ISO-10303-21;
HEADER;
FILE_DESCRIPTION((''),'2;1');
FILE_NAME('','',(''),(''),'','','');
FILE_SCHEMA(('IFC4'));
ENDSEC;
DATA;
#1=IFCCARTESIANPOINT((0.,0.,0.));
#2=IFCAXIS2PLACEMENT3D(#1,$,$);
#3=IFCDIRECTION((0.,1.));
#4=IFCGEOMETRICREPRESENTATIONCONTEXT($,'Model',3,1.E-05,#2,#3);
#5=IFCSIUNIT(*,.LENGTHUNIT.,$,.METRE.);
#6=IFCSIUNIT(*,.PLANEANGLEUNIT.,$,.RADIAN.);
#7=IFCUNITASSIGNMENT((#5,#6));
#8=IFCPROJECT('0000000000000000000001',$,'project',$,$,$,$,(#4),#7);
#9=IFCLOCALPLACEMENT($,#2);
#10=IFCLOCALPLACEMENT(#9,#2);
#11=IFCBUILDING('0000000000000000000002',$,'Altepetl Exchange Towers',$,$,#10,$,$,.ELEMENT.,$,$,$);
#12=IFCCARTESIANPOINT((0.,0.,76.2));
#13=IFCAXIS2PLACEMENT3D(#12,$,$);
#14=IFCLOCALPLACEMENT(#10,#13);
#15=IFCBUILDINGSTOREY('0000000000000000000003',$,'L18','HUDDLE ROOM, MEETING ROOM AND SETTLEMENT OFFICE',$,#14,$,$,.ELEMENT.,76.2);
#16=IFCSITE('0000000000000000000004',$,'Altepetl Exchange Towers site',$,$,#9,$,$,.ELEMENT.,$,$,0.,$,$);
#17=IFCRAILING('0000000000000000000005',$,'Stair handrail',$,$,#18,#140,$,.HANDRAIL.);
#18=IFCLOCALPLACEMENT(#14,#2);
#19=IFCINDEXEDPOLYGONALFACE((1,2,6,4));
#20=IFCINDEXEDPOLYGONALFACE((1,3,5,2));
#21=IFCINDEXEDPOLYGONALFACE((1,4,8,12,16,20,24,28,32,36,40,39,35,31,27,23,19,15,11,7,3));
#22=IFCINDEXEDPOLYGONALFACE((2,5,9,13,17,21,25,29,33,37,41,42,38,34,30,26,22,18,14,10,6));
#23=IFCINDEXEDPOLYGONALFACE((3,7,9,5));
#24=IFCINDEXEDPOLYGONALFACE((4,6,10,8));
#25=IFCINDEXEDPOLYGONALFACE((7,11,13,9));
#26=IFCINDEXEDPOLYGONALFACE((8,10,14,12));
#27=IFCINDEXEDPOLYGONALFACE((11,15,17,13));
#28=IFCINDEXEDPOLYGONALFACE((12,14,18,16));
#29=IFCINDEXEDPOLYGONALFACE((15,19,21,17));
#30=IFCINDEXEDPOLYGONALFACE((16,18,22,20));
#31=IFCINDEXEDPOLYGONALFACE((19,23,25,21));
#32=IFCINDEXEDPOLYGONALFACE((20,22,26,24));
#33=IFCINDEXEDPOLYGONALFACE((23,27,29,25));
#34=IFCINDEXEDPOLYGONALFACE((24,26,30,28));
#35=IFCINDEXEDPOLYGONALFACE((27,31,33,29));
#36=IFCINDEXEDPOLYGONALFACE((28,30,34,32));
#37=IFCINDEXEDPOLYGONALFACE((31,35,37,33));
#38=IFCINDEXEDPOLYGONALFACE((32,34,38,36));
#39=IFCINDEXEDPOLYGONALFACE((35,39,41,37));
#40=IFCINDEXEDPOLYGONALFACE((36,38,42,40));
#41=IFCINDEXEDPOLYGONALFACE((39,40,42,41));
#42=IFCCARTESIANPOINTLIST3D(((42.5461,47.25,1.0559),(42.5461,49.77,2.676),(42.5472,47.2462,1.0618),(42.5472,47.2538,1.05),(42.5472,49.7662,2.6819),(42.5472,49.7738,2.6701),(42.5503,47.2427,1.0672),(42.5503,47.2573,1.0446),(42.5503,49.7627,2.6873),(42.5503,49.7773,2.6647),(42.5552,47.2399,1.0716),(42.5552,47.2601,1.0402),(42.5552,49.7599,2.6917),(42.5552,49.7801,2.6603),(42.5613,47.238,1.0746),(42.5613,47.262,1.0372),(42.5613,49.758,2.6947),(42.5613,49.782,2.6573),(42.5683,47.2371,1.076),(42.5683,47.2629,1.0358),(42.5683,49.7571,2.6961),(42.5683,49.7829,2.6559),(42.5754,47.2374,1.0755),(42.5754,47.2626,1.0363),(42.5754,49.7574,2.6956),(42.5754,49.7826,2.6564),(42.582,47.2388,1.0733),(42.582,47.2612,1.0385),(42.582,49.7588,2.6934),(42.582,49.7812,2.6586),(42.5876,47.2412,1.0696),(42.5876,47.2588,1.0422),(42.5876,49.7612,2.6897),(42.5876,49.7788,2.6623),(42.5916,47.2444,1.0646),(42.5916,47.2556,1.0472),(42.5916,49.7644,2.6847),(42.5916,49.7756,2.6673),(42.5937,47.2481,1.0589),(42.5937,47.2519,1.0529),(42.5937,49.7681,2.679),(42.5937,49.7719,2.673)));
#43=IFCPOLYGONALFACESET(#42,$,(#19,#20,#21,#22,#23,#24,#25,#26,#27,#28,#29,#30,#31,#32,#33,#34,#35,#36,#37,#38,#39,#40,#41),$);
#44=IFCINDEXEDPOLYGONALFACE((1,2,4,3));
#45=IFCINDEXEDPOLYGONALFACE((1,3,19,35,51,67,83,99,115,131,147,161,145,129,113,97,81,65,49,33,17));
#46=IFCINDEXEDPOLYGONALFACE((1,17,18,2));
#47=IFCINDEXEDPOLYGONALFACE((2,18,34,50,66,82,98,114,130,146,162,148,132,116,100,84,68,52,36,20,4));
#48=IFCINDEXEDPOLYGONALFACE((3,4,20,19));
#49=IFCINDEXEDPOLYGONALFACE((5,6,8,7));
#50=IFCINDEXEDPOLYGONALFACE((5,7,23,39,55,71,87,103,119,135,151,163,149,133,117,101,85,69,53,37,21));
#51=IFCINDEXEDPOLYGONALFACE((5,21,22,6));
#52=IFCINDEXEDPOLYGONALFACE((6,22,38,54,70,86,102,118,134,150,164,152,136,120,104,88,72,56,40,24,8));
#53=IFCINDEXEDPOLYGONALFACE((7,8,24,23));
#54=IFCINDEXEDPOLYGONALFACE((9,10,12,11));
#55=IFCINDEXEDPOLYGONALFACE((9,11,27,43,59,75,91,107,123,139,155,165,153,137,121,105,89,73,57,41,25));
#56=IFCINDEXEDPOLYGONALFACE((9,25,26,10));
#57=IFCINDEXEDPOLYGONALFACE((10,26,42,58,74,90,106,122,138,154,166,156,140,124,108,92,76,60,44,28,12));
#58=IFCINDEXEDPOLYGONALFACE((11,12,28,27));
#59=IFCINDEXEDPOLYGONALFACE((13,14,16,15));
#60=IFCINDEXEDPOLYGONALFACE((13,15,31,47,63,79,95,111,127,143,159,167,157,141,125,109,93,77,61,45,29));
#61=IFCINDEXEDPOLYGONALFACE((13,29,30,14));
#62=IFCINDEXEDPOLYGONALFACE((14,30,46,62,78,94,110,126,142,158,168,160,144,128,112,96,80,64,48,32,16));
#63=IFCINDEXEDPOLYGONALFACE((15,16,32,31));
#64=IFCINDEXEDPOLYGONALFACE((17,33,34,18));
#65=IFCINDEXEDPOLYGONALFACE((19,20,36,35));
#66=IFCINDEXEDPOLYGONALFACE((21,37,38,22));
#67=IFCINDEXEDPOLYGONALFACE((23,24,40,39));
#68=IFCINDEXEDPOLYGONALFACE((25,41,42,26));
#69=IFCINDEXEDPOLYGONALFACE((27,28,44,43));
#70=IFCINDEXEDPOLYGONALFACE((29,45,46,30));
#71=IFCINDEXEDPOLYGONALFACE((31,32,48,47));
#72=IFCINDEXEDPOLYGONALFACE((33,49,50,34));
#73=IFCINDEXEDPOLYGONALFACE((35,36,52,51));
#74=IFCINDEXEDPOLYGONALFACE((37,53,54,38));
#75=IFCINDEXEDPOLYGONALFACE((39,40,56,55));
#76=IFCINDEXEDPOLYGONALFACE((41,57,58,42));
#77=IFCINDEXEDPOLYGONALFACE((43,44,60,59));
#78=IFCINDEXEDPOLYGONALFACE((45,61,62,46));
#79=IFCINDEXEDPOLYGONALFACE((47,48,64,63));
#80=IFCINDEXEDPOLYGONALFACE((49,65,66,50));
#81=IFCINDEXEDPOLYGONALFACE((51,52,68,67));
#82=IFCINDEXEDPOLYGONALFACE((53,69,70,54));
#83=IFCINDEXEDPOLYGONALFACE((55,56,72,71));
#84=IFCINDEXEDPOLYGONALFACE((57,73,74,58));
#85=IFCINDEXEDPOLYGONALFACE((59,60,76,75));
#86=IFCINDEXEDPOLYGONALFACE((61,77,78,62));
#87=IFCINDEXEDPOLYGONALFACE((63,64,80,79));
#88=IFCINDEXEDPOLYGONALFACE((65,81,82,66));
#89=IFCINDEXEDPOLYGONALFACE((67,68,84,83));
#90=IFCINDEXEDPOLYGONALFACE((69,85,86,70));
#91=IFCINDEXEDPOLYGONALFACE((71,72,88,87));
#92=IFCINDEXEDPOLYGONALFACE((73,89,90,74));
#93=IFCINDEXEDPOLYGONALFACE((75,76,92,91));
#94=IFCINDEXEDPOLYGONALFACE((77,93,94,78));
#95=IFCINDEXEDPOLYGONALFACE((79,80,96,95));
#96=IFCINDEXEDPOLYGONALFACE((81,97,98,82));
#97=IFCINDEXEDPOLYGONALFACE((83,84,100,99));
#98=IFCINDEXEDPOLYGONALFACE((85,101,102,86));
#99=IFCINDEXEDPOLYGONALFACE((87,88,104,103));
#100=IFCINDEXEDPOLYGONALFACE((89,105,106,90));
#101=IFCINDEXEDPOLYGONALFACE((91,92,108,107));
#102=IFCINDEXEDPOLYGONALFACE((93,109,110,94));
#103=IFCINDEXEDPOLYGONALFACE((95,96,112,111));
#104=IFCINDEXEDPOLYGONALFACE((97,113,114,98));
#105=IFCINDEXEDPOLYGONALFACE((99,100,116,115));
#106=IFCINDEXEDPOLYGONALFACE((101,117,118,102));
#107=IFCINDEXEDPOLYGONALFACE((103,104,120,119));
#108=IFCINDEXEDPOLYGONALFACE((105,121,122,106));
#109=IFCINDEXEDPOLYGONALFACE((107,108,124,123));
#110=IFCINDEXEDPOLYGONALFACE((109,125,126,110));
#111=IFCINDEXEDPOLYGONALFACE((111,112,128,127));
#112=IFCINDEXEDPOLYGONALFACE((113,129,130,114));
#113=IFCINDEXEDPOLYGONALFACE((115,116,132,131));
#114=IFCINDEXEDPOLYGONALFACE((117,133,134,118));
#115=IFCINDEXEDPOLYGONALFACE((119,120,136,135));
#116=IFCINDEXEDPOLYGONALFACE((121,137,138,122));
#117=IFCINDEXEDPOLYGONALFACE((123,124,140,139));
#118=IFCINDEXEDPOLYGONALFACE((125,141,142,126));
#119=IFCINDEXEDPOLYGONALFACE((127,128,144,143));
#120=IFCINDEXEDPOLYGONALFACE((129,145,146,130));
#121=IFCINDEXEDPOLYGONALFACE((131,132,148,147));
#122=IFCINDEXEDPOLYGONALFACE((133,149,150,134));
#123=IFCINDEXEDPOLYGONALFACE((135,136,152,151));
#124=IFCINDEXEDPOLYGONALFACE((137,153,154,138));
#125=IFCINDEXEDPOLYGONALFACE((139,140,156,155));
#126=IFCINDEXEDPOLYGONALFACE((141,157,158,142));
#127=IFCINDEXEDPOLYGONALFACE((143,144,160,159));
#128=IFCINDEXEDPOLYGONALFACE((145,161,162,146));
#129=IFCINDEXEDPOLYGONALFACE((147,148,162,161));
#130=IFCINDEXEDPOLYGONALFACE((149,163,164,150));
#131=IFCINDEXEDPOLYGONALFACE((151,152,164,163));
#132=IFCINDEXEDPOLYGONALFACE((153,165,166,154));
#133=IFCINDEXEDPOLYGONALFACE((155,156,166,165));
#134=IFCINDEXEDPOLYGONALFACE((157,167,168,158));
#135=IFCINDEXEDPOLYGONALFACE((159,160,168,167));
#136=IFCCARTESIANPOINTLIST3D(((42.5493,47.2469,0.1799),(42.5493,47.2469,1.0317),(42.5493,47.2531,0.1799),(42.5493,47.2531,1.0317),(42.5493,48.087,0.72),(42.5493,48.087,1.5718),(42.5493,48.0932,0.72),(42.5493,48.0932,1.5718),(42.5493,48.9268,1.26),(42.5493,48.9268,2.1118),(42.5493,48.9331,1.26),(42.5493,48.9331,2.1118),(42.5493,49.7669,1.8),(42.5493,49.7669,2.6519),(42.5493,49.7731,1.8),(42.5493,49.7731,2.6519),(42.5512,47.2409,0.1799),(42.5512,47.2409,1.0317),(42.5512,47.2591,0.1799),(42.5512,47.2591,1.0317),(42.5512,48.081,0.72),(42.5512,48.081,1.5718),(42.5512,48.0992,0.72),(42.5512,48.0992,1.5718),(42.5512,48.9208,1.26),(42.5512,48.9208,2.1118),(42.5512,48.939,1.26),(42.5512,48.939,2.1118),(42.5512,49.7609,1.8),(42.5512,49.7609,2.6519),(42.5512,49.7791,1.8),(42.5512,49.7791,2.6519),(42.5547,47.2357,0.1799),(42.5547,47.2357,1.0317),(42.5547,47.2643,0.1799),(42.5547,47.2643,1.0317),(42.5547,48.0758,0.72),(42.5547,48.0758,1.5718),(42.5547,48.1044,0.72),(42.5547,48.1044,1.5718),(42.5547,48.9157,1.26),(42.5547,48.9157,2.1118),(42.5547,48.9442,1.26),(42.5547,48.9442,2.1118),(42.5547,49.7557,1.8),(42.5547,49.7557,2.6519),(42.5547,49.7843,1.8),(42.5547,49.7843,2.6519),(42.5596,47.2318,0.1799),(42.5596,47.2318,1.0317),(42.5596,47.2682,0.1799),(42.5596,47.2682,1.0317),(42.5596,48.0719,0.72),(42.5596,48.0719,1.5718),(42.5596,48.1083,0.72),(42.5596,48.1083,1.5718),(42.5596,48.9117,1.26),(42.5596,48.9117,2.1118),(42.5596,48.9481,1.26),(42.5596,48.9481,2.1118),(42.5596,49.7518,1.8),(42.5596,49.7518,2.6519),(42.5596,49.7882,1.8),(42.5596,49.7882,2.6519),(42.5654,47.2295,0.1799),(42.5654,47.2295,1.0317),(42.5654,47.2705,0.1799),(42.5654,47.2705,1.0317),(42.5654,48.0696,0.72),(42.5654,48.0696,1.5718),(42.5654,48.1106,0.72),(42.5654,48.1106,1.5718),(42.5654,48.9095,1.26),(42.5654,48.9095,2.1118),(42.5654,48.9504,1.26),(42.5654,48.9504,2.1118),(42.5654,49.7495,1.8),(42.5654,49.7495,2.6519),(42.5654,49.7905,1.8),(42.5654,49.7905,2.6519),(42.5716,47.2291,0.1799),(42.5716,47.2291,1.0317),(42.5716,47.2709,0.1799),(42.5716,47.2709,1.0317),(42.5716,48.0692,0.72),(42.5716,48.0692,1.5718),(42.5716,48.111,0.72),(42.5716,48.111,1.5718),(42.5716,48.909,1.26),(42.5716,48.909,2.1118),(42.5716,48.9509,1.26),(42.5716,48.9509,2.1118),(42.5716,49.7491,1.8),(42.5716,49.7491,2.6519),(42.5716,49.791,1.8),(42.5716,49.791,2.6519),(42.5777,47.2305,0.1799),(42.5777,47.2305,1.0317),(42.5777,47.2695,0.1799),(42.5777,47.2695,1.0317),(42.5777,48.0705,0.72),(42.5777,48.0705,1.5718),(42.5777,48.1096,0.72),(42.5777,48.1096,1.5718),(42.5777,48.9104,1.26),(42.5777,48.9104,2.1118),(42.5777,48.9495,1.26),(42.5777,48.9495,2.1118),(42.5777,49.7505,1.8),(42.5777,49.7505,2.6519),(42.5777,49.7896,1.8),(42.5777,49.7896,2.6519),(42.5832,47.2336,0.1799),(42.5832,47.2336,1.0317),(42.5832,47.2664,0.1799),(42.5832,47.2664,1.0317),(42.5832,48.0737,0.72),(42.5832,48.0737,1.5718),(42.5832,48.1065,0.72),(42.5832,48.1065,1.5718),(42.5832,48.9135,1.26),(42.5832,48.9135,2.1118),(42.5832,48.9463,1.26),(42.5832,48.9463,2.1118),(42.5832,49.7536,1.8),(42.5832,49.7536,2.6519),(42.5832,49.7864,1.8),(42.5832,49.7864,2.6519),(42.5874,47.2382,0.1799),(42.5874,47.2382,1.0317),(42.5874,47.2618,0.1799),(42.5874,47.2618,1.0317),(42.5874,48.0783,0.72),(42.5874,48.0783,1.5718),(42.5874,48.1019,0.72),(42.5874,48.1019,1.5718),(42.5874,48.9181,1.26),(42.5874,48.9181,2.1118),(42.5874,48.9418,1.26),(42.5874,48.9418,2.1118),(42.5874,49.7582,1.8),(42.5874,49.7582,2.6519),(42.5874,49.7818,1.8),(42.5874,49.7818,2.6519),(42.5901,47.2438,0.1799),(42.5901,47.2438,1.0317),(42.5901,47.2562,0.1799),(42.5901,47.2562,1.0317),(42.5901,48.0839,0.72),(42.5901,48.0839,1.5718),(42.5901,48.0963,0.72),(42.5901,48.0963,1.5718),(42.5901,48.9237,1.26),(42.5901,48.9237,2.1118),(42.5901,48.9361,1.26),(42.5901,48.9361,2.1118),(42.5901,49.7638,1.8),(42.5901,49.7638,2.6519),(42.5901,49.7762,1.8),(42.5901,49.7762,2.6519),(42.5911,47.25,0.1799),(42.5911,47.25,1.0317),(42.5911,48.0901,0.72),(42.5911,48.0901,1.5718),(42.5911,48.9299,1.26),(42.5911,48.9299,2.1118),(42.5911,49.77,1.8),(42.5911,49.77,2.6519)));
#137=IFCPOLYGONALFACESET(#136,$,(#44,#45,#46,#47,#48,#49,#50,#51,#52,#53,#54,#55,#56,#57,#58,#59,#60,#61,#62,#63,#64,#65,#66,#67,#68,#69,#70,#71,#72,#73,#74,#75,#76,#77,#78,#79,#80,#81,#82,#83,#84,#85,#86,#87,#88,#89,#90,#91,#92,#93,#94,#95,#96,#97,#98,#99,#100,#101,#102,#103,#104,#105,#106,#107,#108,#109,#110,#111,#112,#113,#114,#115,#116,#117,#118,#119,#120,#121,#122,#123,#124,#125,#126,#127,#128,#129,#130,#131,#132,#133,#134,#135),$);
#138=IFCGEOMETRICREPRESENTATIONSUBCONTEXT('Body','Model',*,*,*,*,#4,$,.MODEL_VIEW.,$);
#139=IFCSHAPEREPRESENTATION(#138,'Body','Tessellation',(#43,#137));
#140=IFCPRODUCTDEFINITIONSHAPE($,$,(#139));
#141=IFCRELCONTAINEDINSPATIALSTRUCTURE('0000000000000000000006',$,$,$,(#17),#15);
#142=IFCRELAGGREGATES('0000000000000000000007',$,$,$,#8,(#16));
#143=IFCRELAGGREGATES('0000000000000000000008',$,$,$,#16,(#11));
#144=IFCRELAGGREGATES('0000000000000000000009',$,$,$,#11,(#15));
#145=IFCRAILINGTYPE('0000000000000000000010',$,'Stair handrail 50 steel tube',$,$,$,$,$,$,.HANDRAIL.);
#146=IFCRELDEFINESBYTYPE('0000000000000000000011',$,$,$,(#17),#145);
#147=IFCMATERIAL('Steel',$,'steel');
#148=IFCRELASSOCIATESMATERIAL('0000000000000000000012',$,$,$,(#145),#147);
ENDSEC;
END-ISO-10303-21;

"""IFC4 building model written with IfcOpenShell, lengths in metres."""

from ifc_helpers import new_model, si_unit, direction, frame, origin, origin_2d, place, context, subcontext, project, spatial, circle, extrude, source, transform, mapped, material, type_object, element, save


model = new_model("IFC4")

# Units and contexts
model_context = context("Model", 3, precision=1e-05, world=origin(), true_north=direction((0.0, 1.0)))
body_context = subcontext(model_context, "Body", "Model", "MODEL_VIEW")
ifc_project = project(units=[si_unit("LENGTHUNIT", "METRE"), si_unit("PLANEANGLEUNIT", "RADIAN")], contexts=[model_context])

# Site, building, storey
site_placement = place(None, origin())
site = spatial("IfcSite", under=ifc_project, at=site_placement, Name="Altepetl Exchange Towers site", CompositionType="ELEMENT", RefElevation=0.0)
building_placement = place(site_placement, origin())
building = spatial("IfcBuilding", under=site, at=building_placement, Name="Altepetl Exchange Towers", CompositionType="ELEMENT")
storey_placement = place(building_placement, frame((0.0, 0.0, 76.2)))
storey = spatial("IfcBuildingStorey", under=building, at=storey_placement, Name="L18", Description="HUDDLE ROOM, MEETING ROOM AND SETTLEMENT OFFICE", CompositionType="ELEMENT", Elevation=76.2)

# Railing
ifc_material_1 = material(Name="Steel", Category="steel")
railing_type = type_object("IfcRailingType", Name="Stair handrail 50 steel tube", PredefinedType="HANDRAIL", material=ifc_material_1)
shared_shape = source(origin(), body_context, "Body", "SweptSolid", [
    extrude(circle(Radius=0.021, at=origin_2d()), origin(), (0.0, 0.0, 1.0), 0.8518),
])
railing_1_placement = place(storey_placement, frame((42.5701, 47.25, 0.1799)))
element("IfcRailing", 1, at=railing_1_placement, inside=storey, type_object=railing_type, Name="Stair handrail", PredefinedType="HANDRAIL", context=body_context, shape_type="SweptSolid", body=[
    extrude(circle(Radius=0.0239, at=origin_2d()), frame((0.0, 0.0, 0.876), z_axis=(0.0, 0.841163, 0.540782), x_axis=(-1.0, 0.0, 0.0)), (0.0, 0.0, 1.0), 2.9958),
    mapped(shared_shape, transform((0.0, 0.0, 0.0))),
    mapped(shared_shape, transform((0.0, 0.8401, 0.54))),
    mapped(shared_shape, transform((0.0, 1.6799, 1.0801))),
    mapped(shared_shape, transform((0.0, 2.52, 1.6201))),
])

save(model, "model.ifc")
